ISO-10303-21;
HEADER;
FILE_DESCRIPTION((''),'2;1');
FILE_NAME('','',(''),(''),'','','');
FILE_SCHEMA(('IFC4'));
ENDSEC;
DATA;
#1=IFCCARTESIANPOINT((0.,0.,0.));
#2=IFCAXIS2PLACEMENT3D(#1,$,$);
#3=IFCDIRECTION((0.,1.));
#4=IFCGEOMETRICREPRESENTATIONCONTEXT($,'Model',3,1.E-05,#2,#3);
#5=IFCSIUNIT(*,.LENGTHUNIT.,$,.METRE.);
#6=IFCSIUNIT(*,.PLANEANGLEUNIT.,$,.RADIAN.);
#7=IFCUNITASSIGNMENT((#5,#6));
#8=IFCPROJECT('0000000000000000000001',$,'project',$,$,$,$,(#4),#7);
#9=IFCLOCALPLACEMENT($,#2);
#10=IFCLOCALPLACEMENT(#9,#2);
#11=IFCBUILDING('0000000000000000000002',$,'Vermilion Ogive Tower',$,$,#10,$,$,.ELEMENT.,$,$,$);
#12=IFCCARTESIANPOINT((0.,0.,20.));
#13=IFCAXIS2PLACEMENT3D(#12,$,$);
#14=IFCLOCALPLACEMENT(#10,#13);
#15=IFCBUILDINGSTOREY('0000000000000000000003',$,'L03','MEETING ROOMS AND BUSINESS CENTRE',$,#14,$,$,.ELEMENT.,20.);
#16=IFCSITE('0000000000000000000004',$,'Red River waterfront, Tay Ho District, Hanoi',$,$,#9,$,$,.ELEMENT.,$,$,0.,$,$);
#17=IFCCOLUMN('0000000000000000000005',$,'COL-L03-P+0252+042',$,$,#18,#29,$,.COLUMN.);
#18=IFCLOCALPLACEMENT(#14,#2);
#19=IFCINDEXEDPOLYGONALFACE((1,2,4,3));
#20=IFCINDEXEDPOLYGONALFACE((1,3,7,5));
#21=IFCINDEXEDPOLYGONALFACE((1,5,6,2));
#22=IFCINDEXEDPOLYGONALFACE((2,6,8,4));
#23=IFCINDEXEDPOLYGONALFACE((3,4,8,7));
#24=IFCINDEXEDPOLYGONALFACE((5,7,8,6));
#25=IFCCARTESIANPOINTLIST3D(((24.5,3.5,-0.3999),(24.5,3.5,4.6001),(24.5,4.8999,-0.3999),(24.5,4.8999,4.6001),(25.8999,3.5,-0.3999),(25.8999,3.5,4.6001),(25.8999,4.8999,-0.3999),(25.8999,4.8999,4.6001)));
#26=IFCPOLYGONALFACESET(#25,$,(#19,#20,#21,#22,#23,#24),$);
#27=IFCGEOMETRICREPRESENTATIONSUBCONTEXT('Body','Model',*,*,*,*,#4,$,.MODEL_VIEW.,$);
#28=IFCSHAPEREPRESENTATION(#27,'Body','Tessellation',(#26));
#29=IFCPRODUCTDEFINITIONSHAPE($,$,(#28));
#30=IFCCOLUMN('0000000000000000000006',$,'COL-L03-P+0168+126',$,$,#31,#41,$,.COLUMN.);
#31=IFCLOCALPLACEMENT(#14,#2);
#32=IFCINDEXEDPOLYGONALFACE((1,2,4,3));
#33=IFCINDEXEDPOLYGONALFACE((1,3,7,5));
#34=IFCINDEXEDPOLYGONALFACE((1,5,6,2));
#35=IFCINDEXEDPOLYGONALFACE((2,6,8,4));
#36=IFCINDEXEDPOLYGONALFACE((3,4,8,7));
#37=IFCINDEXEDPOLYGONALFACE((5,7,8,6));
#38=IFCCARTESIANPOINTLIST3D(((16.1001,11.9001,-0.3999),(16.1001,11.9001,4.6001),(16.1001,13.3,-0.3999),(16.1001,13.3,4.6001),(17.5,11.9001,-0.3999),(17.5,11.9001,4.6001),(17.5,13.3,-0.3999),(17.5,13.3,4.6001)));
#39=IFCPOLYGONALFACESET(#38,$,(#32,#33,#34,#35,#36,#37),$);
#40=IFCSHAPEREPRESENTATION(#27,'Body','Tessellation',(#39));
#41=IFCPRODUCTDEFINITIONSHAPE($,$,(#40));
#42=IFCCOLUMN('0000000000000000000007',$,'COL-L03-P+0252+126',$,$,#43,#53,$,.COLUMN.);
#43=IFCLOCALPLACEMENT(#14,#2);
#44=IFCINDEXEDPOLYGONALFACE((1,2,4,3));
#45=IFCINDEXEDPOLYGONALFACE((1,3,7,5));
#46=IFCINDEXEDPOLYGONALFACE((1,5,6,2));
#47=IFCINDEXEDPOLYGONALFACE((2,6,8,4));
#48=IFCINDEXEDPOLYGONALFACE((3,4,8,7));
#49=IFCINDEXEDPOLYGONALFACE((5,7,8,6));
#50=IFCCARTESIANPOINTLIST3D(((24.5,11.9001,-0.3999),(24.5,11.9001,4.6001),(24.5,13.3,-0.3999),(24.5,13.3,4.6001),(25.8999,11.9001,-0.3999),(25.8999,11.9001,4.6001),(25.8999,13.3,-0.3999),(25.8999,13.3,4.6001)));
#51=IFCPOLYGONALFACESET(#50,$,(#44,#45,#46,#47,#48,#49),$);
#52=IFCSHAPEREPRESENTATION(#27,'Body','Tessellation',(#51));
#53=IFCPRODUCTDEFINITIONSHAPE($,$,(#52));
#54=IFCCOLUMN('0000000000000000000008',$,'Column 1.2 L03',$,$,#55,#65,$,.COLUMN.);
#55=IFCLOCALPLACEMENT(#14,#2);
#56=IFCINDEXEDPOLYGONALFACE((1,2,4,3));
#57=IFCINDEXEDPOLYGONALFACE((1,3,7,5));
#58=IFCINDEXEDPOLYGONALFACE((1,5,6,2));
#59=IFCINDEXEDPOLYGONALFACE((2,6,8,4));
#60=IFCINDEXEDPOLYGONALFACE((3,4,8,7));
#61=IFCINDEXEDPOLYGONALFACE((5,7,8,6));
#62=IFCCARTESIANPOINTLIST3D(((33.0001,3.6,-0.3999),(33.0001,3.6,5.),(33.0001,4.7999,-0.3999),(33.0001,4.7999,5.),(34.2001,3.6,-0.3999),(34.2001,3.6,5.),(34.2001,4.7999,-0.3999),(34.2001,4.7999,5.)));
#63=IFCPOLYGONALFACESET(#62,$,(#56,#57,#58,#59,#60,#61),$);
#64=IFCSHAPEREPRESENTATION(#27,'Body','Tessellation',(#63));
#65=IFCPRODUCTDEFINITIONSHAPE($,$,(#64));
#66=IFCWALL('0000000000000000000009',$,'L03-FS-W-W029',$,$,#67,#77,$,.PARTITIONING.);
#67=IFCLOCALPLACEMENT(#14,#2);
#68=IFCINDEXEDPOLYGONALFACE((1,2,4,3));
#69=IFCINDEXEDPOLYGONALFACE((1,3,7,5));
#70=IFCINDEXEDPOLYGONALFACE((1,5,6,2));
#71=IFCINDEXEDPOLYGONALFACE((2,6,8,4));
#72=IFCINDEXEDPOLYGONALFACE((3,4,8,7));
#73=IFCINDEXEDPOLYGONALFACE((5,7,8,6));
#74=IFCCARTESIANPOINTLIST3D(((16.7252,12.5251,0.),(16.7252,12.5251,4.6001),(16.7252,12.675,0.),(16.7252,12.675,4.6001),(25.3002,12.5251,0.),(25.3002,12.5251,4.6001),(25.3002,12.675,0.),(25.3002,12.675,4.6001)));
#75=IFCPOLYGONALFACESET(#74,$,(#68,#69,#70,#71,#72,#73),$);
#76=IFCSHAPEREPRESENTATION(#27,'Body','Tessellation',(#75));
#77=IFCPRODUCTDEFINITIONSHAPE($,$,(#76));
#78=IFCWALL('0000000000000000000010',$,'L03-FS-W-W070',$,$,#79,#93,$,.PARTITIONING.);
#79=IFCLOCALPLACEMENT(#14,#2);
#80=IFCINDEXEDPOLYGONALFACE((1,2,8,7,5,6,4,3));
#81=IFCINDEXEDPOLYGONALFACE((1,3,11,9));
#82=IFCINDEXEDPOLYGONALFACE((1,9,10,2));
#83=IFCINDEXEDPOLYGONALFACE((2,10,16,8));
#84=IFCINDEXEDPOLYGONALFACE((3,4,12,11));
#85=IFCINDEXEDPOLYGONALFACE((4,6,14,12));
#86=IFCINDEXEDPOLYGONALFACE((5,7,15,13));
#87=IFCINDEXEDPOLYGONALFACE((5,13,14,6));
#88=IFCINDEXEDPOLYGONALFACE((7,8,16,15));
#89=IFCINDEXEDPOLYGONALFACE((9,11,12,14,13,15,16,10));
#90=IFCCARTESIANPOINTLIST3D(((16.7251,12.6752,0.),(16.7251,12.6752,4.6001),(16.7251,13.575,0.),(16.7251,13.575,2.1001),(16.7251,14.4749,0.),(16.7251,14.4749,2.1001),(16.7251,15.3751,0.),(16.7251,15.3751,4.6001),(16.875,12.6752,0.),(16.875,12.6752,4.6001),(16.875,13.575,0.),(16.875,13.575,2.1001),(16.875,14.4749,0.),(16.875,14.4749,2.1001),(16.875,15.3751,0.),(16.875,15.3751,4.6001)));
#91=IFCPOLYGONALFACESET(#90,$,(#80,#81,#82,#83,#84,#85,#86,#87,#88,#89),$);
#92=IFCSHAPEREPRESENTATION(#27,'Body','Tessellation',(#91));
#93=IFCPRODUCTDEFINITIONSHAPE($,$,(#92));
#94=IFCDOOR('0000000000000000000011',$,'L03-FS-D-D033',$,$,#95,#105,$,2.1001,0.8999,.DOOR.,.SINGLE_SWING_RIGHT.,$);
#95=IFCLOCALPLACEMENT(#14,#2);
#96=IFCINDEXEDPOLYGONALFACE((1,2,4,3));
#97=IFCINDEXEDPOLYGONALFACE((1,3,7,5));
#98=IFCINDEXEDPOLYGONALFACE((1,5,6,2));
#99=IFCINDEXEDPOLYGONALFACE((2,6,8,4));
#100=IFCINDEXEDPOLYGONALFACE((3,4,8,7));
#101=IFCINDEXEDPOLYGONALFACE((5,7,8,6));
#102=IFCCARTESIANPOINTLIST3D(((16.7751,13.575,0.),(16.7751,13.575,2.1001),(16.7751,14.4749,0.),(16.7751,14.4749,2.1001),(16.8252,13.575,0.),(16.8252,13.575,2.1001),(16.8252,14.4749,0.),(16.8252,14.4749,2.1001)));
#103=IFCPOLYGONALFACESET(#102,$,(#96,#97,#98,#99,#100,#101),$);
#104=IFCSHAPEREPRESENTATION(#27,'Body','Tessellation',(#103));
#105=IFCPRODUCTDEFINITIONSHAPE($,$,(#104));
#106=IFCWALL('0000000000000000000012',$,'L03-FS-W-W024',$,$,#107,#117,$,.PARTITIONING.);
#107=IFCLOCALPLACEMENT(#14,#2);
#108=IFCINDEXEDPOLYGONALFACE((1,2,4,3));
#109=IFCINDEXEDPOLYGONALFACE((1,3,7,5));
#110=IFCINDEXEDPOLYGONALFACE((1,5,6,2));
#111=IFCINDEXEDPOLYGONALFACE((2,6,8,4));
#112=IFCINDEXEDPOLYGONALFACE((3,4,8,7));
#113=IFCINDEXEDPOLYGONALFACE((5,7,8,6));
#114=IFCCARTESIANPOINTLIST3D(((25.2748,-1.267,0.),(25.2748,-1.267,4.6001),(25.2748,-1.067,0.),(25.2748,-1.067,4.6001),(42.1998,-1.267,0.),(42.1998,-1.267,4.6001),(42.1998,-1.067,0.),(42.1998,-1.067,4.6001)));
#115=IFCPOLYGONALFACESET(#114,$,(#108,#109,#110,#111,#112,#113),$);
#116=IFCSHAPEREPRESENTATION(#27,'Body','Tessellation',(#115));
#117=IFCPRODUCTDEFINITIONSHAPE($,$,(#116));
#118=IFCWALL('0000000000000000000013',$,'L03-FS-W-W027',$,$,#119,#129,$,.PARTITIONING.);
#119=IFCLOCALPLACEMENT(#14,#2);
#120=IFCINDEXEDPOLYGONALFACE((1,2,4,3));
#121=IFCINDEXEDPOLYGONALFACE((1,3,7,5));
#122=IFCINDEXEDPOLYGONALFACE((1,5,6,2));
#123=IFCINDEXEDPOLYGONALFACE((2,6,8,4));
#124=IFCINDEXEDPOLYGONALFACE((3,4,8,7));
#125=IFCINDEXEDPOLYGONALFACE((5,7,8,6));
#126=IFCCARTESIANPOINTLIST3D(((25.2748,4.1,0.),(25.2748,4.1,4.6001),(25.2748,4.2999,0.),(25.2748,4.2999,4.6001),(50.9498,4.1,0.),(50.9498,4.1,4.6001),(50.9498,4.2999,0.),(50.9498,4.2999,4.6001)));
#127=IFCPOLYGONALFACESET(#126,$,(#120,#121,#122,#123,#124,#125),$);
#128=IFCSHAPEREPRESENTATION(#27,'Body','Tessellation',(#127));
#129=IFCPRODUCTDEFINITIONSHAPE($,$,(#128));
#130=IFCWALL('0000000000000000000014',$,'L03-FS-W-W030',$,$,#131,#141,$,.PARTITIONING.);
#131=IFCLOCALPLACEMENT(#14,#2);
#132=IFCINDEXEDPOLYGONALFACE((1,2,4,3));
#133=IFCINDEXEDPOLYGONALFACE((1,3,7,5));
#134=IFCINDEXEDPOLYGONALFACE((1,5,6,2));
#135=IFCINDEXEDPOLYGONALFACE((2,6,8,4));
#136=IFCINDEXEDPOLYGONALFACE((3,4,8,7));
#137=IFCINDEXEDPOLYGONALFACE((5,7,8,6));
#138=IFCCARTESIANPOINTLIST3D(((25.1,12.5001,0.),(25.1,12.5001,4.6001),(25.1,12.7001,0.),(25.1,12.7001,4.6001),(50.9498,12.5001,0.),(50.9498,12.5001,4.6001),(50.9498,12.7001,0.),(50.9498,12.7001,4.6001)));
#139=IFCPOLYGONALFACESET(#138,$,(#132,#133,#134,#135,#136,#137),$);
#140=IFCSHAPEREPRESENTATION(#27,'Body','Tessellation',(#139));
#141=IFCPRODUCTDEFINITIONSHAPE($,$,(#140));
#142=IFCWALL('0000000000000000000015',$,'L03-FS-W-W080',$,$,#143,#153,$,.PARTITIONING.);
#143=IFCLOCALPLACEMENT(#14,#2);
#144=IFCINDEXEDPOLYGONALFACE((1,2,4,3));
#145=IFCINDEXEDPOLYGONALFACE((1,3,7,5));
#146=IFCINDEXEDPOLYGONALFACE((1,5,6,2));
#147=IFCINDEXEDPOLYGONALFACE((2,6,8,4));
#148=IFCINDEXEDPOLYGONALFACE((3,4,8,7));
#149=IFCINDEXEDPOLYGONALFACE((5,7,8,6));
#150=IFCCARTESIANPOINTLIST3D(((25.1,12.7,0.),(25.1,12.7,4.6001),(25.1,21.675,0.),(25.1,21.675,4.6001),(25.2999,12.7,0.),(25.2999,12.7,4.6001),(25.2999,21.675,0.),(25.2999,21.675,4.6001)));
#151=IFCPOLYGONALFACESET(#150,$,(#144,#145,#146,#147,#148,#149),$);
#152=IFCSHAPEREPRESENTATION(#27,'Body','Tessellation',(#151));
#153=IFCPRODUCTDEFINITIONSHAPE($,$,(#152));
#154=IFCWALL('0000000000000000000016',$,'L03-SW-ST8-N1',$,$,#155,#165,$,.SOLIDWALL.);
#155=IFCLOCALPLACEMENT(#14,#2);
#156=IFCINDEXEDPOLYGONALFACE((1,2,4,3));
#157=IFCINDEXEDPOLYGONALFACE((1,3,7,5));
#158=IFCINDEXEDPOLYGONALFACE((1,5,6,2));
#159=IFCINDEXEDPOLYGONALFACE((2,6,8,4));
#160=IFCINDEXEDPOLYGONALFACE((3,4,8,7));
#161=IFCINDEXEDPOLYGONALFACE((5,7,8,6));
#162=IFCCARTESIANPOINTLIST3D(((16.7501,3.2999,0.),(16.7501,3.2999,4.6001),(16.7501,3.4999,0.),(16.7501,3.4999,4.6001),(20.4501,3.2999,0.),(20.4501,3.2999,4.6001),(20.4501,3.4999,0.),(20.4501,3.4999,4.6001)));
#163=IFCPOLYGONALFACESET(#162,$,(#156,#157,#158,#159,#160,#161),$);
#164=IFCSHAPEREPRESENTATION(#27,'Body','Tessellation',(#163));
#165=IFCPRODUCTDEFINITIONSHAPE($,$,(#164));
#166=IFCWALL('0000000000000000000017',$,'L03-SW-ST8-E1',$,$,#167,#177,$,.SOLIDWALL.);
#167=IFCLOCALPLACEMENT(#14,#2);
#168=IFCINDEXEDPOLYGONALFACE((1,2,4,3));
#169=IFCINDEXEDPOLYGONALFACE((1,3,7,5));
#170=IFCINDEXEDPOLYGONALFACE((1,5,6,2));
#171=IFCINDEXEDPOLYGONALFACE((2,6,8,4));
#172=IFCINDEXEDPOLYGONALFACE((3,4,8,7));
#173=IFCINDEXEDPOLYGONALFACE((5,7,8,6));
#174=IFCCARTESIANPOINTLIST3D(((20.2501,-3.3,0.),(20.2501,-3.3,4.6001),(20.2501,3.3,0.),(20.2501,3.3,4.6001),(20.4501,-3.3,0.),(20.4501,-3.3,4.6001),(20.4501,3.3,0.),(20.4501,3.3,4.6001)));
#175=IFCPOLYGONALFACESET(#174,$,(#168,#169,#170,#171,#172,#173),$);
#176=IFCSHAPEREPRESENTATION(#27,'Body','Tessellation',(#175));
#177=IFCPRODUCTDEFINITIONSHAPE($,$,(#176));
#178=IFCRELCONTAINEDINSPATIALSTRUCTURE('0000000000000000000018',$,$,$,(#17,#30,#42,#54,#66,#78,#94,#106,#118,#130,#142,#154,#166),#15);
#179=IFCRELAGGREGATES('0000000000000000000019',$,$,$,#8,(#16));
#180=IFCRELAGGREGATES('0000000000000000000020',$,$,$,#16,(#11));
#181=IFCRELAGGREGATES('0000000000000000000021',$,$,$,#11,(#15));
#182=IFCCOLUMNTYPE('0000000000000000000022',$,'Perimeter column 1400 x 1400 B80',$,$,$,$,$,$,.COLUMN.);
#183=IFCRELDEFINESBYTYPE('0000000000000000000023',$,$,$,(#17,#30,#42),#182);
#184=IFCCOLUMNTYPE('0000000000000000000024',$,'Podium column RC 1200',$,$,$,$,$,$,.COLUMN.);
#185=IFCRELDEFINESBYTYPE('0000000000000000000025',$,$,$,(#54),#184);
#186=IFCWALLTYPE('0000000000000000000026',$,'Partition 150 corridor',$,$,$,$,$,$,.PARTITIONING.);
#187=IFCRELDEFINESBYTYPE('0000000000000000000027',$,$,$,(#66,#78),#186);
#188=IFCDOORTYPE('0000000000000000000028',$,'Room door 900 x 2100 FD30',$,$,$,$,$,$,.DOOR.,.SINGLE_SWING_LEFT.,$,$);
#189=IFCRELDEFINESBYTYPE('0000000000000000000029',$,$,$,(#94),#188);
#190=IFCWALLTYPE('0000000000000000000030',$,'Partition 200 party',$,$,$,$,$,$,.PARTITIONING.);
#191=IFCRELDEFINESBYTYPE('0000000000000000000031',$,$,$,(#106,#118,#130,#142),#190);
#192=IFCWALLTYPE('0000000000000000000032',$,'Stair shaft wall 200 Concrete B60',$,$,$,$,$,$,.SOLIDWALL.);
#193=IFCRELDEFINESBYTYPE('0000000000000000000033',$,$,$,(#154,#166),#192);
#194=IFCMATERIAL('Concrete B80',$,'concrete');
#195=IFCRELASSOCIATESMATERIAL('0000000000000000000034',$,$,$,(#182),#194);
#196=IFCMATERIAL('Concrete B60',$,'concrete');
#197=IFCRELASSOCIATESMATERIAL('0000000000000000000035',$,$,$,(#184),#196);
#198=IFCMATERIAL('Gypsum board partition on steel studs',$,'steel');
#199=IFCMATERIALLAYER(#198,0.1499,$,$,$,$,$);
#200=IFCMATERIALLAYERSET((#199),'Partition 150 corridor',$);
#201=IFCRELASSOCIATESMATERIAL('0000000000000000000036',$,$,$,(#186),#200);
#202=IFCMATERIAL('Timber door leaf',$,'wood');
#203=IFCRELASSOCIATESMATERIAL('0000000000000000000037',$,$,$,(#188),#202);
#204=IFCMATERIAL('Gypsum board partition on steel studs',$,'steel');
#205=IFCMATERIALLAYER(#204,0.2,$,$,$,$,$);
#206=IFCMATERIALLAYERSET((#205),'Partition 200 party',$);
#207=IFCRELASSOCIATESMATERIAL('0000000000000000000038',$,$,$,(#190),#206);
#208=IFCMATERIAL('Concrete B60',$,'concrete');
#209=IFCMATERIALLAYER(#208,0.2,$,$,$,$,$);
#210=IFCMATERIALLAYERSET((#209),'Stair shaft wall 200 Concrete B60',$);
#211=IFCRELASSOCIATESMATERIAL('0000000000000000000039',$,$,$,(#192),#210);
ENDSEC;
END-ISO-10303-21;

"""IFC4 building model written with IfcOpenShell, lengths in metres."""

from ifc_helpers import new_model, si_unit, direction, frame, frame_2d, origin, origin_2d, place, context, subcontext, project, spatial, rectangle, extrude, material, layer, layer_set, material_profile, profile_set, type_object, element, fill, save


model = new_model("IFC4")

# Units and contexts
model_context = context("Model", 3, precision=1e-05, world=origin(), true_north=direction((0.0, 1.0)))
body_context = subcontext(model_context, "Body", "Model", "MODEL_VIEW")
ifc_project = project(units=[si_unit("LENGTHUNIT", "METRE"), si_unit("PLANEANGLEUNIT", "RADIAN")], contexts=[model_context])

# Site, building, storey
site_placement = place(None, origin())
site = spatial("IfcSite", under=ifc_project, at=site_placement, Name="Red River waterfront, Tay Ho District, Hanoi", CompositionType="ELEMENT", RefElevation=0.0)
building_placement = place(site_placement, origin())
building = spatial("IfcBuilding", under=site, at=building_placement, Name="Vermilion Ogive Tower", CompositionType="ELEMENT")
storey_placement = place(building_placement, frame((0.0, 0.0, 20.0)))
storey = spatial("IfcBuildingStorey", under=building, at=storey_placement, Name="L03", Description="MEETING ROOMS AND BUSINESS CENTRE", CompositionType="ELEMENT", Elevation=20.0)

# Columns
ifc_material_1 = material(Name="Concrete B80", Category="concrete")
ifc_material_profile_1 = material_profile(ifc_material_1, rectangle(XDim=1.3999, YDim=1.3999, at=origin_2d()), Name="1400 x 1400")
ifc_profile_set_1 = profile_set([ifc_material_profile_1], Name="Concrete B80")
column_type_1 = type_object("IfcColumnType", Name="Perimeter column 1400 x 1400 B80", PredefinedType="COLUMN", material=ifc_profile_set_1)
for number, where, z_axis, x_axis, name in (
    (1, (25.2, 4.2, -0.3999), (0.0, 0.0, 1.0), (1.0, 0.0, 0.0), "COL-L03-P+0252+042"),
    (2, (16.8, 12.6001, -0.3999), (0.0, 0.0, 1.0), (1.0, 0.0, 0.0), "COL-L03-P+0168+126"),
    (3, (25.2, 12.6001, -0.3999), (0.0, 0.0, 1.0), (1.0, 0.0, 0.0), "COL-L03-P+0252+126"),
):
    element("IfcColumn", number, at=place(storey_placement, frame(where, z_axis=z_axis, x_axis=x_axis)), inside=storey, type_object=column_type_1, Name=name, PredefinedType="COLUMN", context=body_context, shape_type="SweptSolid", body=[
        extrude(rectangle(XDim=1.3999, YDim=1.3999, at=origin_2d()), origin(), (0.0, 0.0, 1.0), 5.0),
    ])
ifc_material_2 = material(Name="Concrete B60", Category="concrete")
ifc_material_profile_2 = material_profile(ifc_material_2, rectangle(XDim=1.2, YDim=1.2, at=origin_2d()), Name="RC 1200x1200")
ifc_profile_set_2 = profile_set([ifc_material_profile_2], Name="Concrete B60")
column_type_2 = type_object("IfcColumnType", Name="Podium column RC 1200", PredefinedType="COLUMN", material=ifc_profile_set_2)
column_placement = place(storey_placement, frame((33.6001, 4.2, -0.3999), z_axis=(0.0, 0.0, 1.0), x_axis=(1.0, 0.0, 0.0)))
element("IfcColumn", 4, at=column_placement, inside=storey, type_object=column_type_2, Name="Column 1.2 L03", PredefinedType="COLUMN", context=body_context, shape_type="SweptSolid", body=[
    extrude(rectangle(XDim=1.2, YDim=1.2, at=origin_2d()), origin(), (0.0, 0.0, 1.0), 5.3999),
])

# Wall
ifc_material_3 = material(Name="Gypsum board partition on steel studs", Category="steel")
ifc_layer_1 = layer(ifc_material_3, 0.1499)
ifc_layer_set_1 = layer_set([ifc_layer_1], Name="Partition 150 corridor")
wall_type_1 = type_object("IfcWallType", Name="Partition 150 corridor", PredefinedType="PARTITIONING", material=ifc_layer_set_1)
wall_1_placement = place(storey_placement, frame((16.7251, 12.6001, 0.0), z_axis=(0.0, 0.0, 1.0), x_axis=(1.0, 0.0, 0.0)))
element("IfcWall", 5, at=wall_1_placement, inside=storey, type_object=wall_type_1, Name="L03-FS-W-W029", PredefinedType="PARTITIONING", context=body_context, shape_type="SweptSolid", body=[
    extrude(rectangle(XDim=8.575, YDim=0.1499, at=frame_2d((4.2876, 0.0))), origin(), (0.0, 0.0, 1.0), 4.6001),
])

# Wall, opening, door
wall_2_placement = place(storey_placement, frame((16.8, 12.675, 0.0), z_axis=(0.0, 0.0, 1.0), x_axis=(0.0, 1.0, 0.0)))
wall_2 = element("IfcWall", 6, at=wall_2_placement, inside=storey, type_object=wall_type_1, Name="L03-FS-W-W070", PredefinedType="PARTITIONING", context=body_context, shape_type="SweptSolid", body=[
    extrude(rectangle(XDim=2.7, YDim=0.1499, at=frame_2d((1.3501, 0.0))), origin(), (0.0, 0.0, 1.0), 4.6001),
])
opening_placement = place(wall_2_placement, frame((0.8999, 0.0, 0.0)))
opening = element("IfcOpeningElement", 7, at=opening_placement, cuts=wall_2, PredefinedType="OPENING", context=body_context, shape_type="SweptSolid", body=[
    extrude(rectangle(XDim=0.8999, YDim=2.1001, at=frame_2d((0.45, 1.05))), frame((0.0, 0.085, 0.0), z_axis=(0.0, -1.0, 0.0), x_axis=(1.0, 0.0, 0.0)), (0.0, 0.0, 1.0), 0.1699),
])
ifc_material_4 = material(Name="Timber door leaf", Category="wood")
door_type = type_object("IfcDoorType", Name="Room door 900 x 2100 FD30", OperationType="SINGLE_SWING_LEFT", PredefinedType="DOOR", material=ifc_material_4)
door_placement = place(opening_placement, origin())
door = element("IfcDoor", 8, at=door_placement, inside=storey, type_object=door_type, Name="L03-FS-D-D033", OperationType="SINGLE_SWING_RIGHT", OverallHeight=2.1001, OverallWidth=0.8999, PredefinedType="DOOR", context=body_context, shape_type="SweptSolid", body=[
    extrude(rectangle(XDim=0.8999, YDim=2.1001, at=frame_2d((0.45, 1.05))), frame((0.0, 0.0249, 0.0), z_axis=(0.0, -1.0, 0.0), x_axis=(1.0, 0.0, 0.0)), (0.0, 0.0, 1.0), 0.05),
])
fill(opening, door)

# Walls
ifc_material_5 = material(Name="Gypsum board partition on steel studs", Category="steel")
ifc_layer_2 = layer(ifc_material_5, 0.2)
ifc_layer_set_2 = layer_set([ifc_layer_2], Name="Partition 200 party")
wall_type_2 = type_object("IfcWallType", Name="Partition 200 party", PredefinedType="PARTITIONING", material=ifc_layer_set_2)
wall_3_placement = place(storey_placement, frame((25.2749, -1.167, 0.0), z_axis=(0.0, 0.0, 1.0), x_axis=(1.0, 0.0, 0.0)))
element("IfcWall", 9, at=wall_3_placement, inside=storey, type_object=wall_type_2, Name="L03-FS-W-W024", PredefinedType="PARTITIONING", context=body_context, shape_type="SweptSolid", body=[
    extrude(rectangle(XDim=16.925, YDim=0.2, at=frame_2d((8.4624, 0.0))), origin(), (0.0, 0.0, 1.0), 4.6001),
])
wall_4_placement = place(storey_placement, frame((25.2749, 4.2, 0.0), z_axis=(0.0, 0.0, 1.0), x_axis=(1.0, 0.0, 0.0)))
element("IfcWall", 10, at=wall_4_placement, inside=storey, type_object=wall_type_2, Name="L03-FS-W-W027", PredefinedType="PARTITIONING", context=body_context, shape_type="SweptSolid", body=[
    extrude(rectangle(XDim=25.675, YDim=0.2, at=frame_2d((12.8374, 0.0))), origin(), (0.0, 0.0, 1.0), 4.6001),
])
wall_5_placement = place(storey_placement, frame((25.1001, 12.6001, 0.0), z_axis=(0.0, 0.0, 1.0), x_axis=(1.0, 0.0, 0.0)))
element("IfcWall", 11, at=wall_5_placement, inside=storey, type_object=wall_type_2, Name="L03-FS-W-W030", PredefinedType="PARTITIONING", context=body_context, shape_type="SweptSolid", body=[
    extrude(rectangle(XDim=25.8499, YDim=0.2, at=frame_2d((12.9248, 0.0))), origin(), (0.0, 0.0, 1.0), 4.6001),
])
wall_6_placement = place(storey_placement, frame((25.2, 12.7, 0.0), z_axis=(0.0, 0.0, 1.0), x_axis=(0.0, 1.0, 0.0)))
element("IfcWall", 12, at=wall_6_placement, inside=storey, type_object=wall_type_2, Name="L03-FS-W-W080", PredefinedType="PARTITIONING", context=body_context, shape_type="SweptSolid", body=[
    extrude(rectangle(XDim=8.9751, YDim=0.2, at=frame_2d((4.4875, 0.0))), origin(), (0.0, 0.0, 1.0), 4.6001),
])
ifc_material_6 = material(Name="Concrete B60", Category="concrete")
ifc_layer_3 = layer(ifc_material_6, 0.2)
ifc_layer_set_3 = layer_set([ifc_layer_3], Name="Stair shaft wall 200 Concrete B60")
wall_type_3 = type_object("IfcWallType", Name="Stair shaft wall 200 Concrete B60", PredefinedType="SOLIDWALL", material=ifc_layer_set_3)
wall_7_placement = place(storey_placement, frame((16.75, 3.3999, 0.0), z_axis=(0.0, 0.0, 1.0), x_axis=(1.0, 0.0, 0.0)))
element("IfcWall", 13, at=wall_7_placement, inside=storey, type_object=wall_type_3, Name="L03-SW-ST8-N1", PredefinedType="SOLIDWALL", context=body_context, shape_type="SweptSolid", body=[
    extrude(rectangle(XDim=3.7, YDim=0.2, at=frame_2d((1.8501, 0.0))), origin(), (0.0, 0.0, 1.0), 4.6001),
])
wall_8_placement = place(storey_placement, frame((20.3501, -3.3, 0.0), z_axis=(0.0, 0.0, 1.0), x_axis=(0.0, 1.0, 0.0)))
element("IfcWall", 14, at=wall_8_placement, inside=storey, type_object=wall_type_3, Name="L03-SW-ST8-E1", PredefinedType="SOLIDWALL", context=body_context, shape_type="SweptSolid", body=[
    extrude(rectangle(XDim=6.6001, YDim=0.2, at=frame_2d((3.3, 0.0))), origin(), (0.0, 0.0, 1.0), 4.6001),
])

save(model, "model.ifc")
